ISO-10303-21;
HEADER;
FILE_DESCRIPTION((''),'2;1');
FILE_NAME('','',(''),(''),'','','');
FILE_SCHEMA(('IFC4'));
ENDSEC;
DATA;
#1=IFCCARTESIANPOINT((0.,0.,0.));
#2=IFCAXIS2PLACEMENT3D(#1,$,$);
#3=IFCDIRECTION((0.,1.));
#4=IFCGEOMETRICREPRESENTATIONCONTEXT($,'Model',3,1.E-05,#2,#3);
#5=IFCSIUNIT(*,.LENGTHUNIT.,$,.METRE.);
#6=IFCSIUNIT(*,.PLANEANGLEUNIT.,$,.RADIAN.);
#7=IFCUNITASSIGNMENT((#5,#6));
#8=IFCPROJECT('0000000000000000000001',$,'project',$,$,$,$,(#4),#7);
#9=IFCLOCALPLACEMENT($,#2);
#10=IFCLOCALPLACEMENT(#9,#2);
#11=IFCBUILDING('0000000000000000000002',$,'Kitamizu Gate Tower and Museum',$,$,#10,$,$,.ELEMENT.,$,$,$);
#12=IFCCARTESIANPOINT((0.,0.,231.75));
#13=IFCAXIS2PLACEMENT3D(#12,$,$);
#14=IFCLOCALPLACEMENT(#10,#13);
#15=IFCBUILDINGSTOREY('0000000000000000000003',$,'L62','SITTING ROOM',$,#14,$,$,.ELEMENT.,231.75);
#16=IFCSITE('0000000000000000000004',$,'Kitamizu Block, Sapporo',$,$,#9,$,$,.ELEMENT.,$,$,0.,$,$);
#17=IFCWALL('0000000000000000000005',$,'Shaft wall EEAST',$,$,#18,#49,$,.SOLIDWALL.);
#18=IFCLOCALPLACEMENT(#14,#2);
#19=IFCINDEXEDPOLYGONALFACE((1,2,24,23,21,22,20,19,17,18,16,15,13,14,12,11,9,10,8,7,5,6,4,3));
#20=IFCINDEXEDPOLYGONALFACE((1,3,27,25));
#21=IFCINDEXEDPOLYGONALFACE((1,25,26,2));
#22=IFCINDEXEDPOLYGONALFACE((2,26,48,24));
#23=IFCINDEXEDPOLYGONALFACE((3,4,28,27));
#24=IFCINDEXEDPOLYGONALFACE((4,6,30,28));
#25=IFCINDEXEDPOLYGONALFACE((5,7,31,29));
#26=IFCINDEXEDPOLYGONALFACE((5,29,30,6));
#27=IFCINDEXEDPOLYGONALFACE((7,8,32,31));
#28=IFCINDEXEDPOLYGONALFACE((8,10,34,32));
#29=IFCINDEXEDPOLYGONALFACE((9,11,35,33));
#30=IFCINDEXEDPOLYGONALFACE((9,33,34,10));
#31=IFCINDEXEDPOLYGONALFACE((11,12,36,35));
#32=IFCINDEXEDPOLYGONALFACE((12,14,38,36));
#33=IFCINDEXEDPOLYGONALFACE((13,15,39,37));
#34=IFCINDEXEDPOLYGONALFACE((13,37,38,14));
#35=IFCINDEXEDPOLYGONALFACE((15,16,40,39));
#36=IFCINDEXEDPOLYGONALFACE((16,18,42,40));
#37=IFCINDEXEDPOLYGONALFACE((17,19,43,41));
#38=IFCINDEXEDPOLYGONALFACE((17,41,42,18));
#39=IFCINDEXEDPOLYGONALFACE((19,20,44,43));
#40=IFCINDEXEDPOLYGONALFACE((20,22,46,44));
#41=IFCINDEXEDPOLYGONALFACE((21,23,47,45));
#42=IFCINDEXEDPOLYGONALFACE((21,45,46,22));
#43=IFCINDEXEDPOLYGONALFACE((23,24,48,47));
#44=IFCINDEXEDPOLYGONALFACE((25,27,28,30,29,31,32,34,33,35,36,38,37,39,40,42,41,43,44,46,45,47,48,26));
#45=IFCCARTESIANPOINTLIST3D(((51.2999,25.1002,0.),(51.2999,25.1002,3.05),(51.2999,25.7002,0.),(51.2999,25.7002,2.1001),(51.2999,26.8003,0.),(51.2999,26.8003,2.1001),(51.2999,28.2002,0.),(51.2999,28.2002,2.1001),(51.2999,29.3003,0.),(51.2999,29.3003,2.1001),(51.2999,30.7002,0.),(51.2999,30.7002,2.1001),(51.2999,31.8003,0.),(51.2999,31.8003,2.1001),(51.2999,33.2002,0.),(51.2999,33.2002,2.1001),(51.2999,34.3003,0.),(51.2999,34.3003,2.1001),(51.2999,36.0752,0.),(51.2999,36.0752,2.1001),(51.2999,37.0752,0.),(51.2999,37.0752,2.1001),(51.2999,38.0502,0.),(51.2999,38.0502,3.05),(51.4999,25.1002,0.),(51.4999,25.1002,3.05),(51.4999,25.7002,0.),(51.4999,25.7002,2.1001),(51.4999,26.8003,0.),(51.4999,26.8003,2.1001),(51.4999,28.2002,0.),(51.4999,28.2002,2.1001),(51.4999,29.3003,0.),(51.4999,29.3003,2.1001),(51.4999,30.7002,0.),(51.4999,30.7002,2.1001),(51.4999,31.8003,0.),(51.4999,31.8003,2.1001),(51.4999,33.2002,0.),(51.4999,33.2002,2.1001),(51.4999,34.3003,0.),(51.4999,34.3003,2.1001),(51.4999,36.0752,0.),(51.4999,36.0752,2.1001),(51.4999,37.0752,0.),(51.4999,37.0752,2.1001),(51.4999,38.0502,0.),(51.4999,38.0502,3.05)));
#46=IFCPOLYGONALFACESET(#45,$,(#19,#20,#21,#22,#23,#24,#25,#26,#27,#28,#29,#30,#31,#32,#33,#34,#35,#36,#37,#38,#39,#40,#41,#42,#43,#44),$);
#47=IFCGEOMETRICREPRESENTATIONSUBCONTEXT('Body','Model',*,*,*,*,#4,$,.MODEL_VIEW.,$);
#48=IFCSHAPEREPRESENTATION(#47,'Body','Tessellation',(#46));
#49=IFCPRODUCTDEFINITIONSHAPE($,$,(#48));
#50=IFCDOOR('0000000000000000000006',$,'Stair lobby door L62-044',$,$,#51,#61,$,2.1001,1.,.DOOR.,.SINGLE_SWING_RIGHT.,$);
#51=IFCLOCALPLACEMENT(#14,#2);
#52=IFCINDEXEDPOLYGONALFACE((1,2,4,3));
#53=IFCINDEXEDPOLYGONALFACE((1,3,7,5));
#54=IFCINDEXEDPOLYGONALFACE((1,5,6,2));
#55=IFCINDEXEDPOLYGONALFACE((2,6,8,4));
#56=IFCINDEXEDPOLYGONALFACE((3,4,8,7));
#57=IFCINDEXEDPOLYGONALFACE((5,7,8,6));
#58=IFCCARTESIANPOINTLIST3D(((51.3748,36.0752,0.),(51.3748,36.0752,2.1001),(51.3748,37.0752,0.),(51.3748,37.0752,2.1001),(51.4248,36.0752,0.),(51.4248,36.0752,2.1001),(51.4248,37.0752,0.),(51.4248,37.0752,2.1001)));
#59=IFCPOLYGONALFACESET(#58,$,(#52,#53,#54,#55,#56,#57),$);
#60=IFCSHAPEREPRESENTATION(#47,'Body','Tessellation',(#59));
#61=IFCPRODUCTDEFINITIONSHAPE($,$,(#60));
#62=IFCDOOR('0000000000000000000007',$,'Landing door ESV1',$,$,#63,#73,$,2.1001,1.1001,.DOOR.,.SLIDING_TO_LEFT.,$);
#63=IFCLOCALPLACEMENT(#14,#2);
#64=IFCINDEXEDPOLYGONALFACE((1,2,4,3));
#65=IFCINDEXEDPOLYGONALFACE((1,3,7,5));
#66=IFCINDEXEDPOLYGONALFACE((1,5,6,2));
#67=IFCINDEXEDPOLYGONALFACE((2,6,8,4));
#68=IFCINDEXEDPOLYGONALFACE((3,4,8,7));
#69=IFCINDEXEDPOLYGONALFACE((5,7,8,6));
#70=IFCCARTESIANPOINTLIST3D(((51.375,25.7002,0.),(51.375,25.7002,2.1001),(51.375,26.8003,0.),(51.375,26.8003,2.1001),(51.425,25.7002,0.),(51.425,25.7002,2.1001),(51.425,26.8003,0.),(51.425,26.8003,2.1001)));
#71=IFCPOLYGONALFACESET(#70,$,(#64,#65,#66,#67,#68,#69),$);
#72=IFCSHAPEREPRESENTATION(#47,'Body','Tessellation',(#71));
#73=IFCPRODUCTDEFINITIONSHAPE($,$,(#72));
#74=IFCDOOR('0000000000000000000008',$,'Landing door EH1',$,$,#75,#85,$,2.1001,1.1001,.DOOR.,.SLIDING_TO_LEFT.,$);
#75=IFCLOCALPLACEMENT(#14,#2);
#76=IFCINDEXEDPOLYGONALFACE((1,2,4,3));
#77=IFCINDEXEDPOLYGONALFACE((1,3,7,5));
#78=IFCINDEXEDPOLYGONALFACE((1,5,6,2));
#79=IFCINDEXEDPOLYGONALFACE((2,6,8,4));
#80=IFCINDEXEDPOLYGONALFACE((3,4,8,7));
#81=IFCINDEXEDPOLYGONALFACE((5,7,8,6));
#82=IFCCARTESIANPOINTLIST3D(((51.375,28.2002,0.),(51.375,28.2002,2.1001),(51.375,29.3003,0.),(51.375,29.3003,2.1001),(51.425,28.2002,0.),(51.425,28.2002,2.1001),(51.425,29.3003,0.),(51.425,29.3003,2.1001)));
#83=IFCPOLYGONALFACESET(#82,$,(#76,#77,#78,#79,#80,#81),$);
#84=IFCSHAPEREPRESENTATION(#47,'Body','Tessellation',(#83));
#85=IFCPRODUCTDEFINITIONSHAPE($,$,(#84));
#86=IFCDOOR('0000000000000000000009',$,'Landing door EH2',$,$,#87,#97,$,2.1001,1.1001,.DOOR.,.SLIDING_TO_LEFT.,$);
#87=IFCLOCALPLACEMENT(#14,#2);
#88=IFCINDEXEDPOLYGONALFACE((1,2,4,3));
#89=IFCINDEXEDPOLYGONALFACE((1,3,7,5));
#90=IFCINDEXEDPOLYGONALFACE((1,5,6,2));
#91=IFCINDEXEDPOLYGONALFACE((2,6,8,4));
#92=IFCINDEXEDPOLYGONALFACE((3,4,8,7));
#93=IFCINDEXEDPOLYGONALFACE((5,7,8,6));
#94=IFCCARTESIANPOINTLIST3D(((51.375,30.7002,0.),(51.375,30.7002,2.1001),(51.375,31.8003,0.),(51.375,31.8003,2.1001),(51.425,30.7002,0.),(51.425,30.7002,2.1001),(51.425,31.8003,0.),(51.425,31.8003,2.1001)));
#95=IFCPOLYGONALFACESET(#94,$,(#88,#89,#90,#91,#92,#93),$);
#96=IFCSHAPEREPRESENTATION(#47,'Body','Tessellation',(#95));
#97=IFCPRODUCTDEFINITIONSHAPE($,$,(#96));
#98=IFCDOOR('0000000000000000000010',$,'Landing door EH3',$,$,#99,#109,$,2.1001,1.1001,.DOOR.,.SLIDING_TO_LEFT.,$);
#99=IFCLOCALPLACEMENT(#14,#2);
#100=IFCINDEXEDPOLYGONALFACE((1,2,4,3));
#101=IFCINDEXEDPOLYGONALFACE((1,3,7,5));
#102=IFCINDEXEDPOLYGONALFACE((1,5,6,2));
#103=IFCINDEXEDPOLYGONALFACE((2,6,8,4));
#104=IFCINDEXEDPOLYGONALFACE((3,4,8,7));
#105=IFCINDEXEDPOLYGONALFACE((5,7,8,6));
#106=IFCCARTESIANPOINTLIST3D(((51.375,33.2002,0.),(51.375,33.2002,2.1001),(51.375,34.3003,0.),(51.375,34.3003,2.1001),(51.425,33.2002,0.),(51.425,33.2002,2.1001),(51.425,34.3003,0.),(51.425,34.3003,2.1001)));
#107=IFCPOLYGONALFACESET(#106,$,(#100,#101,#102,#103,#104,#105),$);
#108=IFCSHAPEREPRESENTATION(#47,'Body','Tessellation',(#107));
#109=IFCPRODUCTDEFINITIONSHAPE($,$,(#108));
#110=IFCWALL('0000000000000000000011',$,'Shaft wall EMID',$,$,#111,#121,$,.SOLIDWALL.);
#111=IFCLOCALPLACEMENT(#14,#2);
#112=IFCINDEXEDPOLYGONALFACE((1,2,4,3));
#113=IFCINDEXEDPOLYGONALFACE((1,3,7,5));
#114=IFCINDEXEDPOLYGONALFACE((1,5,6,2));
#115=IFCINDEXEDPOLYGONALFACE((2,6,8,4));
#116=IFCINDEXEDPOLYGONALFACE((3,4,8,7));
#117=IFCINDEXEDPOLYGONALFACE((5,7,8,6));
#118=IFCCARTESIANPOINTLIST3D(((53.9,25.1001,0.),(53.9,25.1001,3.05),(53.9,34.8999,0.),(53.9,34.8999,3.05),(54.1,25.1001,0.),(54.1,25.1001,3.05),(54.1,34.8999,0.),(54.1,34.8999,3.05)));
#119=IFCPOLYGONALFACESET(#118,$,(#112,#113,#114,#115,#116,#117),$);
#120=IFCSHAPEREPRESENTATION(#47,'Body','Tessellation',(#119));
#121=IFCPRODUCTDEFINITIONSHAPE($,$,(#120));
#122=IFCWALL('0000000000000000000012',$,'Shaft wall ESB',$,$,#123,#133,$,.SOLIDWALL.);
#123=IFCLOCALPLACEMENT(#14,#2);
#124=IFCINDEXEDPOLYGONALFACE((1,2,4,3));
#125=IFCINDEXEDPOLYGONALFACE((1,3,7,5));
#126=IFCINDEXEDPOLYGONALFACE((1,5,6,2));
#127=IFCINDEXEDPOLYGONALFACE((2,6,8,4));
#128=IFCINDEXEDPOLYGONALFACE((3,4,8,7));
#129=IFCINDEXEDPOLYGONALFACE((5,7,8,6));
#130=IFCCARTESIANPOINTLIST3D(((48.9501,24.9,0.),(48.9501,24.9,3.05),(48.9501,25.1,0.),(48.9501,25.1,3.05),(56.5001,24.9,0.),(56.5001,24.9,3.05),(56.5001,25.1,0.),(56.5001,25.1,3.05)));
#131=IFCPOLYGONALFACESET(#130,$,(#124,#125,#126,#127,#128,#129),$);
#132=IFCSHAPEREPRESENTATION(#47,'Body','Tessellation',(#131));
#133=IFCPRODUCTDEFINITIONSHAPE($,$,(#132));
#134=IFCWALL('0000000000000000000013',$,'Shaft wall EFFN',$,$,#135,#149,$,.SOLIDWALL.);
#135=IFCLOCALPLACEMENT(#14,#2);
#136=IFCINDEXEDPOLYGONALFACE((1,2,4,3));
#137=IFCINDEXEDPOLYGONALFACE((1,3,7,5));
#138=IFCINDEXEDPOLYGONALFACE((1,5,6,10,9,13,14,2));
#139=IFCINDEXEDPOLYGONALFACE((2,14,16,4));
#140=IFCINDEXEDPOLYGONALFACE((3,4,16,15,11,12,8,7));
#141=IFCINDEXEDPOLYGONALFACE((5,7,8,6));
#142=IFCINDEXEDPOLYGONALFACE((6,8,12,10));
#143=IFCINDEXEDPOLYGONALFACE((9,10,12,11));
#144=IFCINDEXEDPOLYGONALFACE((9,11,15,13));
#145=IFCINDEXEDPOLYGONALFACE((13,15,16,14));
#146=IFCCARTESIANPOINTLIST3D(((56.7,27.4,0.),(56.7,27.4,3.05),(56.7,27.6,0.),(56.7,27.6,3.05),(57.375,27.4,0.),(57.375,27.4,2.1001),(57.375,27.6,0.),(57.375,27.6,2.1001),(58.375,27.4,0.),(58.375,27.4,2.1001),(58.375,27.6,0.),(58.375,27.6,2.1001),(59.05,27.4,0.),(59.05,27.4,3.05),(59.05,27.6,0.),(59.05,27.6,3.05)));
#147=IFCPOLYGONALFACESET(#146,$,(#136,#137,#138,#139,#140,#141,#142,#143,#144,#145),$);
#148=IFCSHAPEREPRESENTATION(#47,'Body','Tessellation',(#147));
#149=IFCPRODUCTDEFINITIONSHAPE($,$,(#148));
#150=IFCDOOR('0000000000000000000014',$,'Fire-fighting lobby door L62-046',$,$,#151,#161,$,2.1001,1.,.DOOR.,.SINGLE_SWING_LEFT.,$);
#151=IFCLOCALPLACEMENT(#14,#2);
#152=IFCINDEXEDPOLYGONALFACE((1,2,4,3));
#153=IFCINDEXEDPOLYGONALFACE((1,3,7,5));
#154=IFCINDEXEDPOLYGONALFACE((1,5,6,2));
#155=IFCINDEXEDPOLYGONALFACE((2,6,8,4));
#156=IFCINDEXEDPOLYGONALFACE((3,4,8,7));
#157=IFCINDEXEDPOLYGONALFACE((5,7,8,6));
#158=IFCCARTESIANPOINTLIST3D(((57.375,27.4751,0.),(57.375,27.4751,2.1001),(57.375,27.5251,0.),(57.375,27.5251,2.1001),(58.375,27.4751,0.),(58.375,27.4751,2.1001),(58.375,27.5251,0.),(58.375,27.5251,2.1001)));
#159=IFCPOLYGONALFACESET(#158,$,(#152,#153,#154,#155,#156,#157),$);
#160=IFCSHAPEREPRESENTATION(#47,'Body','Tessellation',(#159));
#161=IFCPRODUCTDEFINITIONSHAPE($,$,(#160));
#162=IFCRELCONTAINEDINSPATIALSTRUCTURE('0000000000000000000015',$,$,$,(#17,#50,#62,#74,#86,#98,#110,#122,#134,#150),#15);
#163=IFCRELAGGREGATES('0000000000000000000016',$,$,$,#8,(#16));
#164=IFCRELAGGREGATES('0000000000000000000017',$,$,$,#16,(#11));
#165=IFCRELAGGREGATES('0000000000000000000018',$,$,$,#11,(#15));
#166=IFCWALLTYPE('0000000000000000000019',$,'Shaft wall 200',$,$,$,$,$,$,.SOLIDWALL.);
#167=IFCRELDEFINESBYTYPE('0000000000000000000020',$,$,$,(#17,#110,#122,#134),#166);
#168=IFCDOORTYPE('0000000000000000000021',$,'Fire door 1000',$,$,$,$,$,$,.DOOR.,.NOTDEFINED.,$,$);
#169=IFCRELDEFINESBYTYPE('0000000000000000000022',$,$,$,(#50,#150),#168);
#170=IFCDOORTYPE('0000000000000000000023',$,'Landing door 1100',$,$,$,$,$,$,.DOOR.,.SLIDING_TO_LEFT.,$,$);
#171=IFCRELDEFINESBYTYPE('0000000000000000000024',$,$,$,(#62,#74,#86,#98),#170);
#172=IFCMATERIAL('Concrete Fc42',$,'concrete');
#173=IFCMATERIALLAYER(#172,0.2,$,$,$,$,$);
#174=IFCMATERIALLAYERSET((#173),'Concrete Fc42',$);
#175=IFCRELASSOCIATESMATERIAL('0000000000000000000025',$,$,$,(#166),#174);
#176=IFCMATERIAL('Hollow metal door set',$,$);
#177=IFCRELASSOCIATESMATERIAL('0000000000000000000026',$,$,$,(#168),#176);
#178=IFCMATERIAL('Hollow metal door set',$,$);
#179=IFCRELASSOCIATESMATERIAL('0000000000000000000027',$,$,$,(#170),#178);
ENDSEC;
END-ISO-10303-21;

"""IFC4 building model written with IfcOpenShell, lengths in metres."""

from ifc_helpers import new_model, si_unit, direction, frame, frame_2d, origin, place, context, subcontext, project, spatial, rectangle, extrude, material, layer, layer_set, type_object, element, fill, save


model = new_model("IFC4")

# Units and contexts
model_context = context("Model", 3, precision=1e-05, world=origin(), true_north=direction((0.0, 1.0)))
body_context = subcontext(model_context, "Body", "Model", "MODEL_VIEW")
ifc_project = project(units=[si_unit("LENGTHUNIT", "METRE"), si_unit("PLANEANGLEUNIT", "RADIAN")], contexts=[model_context])

# Site, building, storey
site_placement = place(None, origin())
site = spatial("IfcSite", under=ifc_project, at=site_placement, Name="Kitamizu Block, Sapporo", CompositionType="ELEMENT", RefElevation=0.0)
building_placement = place(site_placement, origin())
building = spatial("IfcBuilding", under=site, at=building_placement, Name="Kitamizu Gate Tower and Museum", CompositionType="ELEMENT")
storey_placement = place(building_placement, frame((0.0, 0.0, 231.75)))
storey = spatial("IfcBuildingStorey", under=building, at=storey_placement, Name="L62", Description="SITTING ROOM", CompositionType="ELEMENT", Elevation=231.75)

# Wall, openings, doors
ifc_material_1 = material(Name="Concrete Fc42", Category="concrete")
ifc_layer_1 = layer(ifc_material_1, 0.2)
ifc_layer_set_1 = layer_set([ifc_layer_1], Name="Concrete Fc42")
wall_type_1 = type_object("IfcWallType", Name="Shaft wall 200", PredefinedType="SOLIDWALL", material=ifc_layer_set_1)
ifc_material_2 = material(Name="Hollow metal door set")
door_type_1 = type_object("IfcDoorType", Name="Fire door 1000", OperationType="NOTDEFINED", PredefinedType="DOOR", material=ifc_material_2)
ifc_material_3 = material(Name="Hollow metal door set")
door_type_2 = type_object("IfcDoorType", Name="Landing door 1100", OperationType="SLIDING_TO_LEFT", PredefinedType="DOOR", material=ifc_material_3)
wall_1_placement = place(storey_placement, frame((51.3999, 25.1001, 0.0), z_axis=(0.0, 0.0, 1.0), x_axis=(0.0, 1.0, 0.0)))
wall_1 = element("IfcWall", 1, at=wall_1_placement, inside=storey, type_object=wall_type_1, Name="Shaft wall EEAST", PredefinedType="SOLIDWALL", context=body_context, shape_type="SweptSolid", body=[
    extrude(rectangle(XDim=12.95, YDim=0.2, at=frame_2d((6.4751, 0.0))), origin(), (0.0, 0.0, 1.0), 3.05),
])
opening_1_placement = place(wall_1_placement, frame((0.6001, 0.0, 0.0)))
opening_1 = element("IfcOpeningElement", 2, at=opening_1_placement, cuts=wall_1, PredefinedType="OPENING", context=body_context, shape_type="SweptSolid", body=[
    extrude(rectangle(XDim=1.1001, YDim=2.1001, at=frame_2d((0.55, 1.05))), frame((0.0, 0.1099, 0.0), z_axis=(0.0, -1.0, 0.0), x_axis=(1.0, 0.0, 0.0)), (0.0, 0.0, 1.0), 0.22),
])
opening_2_placement = place(wall_1_placement, frame((3.1001, 0.0, 0.0)))
opening_2 = element("IfcOpeningElement", 3, at=opening_2_placement, cuts=wall_1, PredefinedType="OPENING", context=body_context, shape_type="SweptSolid", body=[
    extrude(rectangle(XDim=1.1001, YDim=2.1001, at=frame_2d((0.55, 1.05))), frame((0.0, 0.1099, 0.0), z_axis=(0.0, -1.0, 0.0), x_axis=(1.0, 0.0, 0.0)), (0.0, 0.0, 1.0), 0.22),
])
opening_3_placement = place(wall_1_placement, frame((5.6001, 0.0, 0.0)))
opening_3 = element("IfcOpeningElement", 4, at=opening_3_placement, cuts=wall_1, PredefinedType="OPENING", context=body_context, shape_type="SweptSolid", body=[
    extrude(rectangle(XDim=1.1001, YDim=2.1001, at=frame_2d((0.55, 1.05))), frame((0.0, 0.1099, 0.0), z_axis=(0.0, -1.0, 0.0), x_axis=(1.0, 0.0, 0.0)), (0.0, 0.0, 1.0), 0.22),
])
opening_4_placement = place(wall_1_placement, frame((8.1001, 0.0, 0.0)))
opening_4 = element("IfcOpeningElement", 5, at=opening_4_placement, cuts=wall_1, PredefinedType="OPENING", context=body_context, shape_type="SweptSolid", body=[
    extrude(rectangle(XDim=1.1001, YDim=2.1001, at=frame_2d((0.55, 1.05))), frame((0.0, 0.1099, 0.0), z_axis=(0.0, -1.0, 0.0), x_axis=(1.0, 0.0, 0.0)), (0.0, 0.0, 1.0), 0.22),
])
opening_5_placement = place(wall_1_placement, frame((10.9751, 0.0, 0.0)))
opening_5 = element("IfcOpeningElement", 6, at=opening_5_placement, cuts=wall_1, PredefinedType="OPENING", context=body_context, shape_type="SweptSolid", body=[
    extrude(rectangle(XDim=1.0, YDim=2.1001, at=frame_2d((0.5, 1.05))), frame((0.0, 0.1099, 0.0), z_axis=(0.0, -1.0, 0.0), x_axis=(1.0, 0.0, 0.0)), (0.0, 0.0, 1.0), 0.22),
])
door_1_placement = place(opening_5_placement, frame((1.0, 0.0, 0.0), x_axis=(-1.0, 0.0, 0.0)))
door_1 = element("IfcDoor", 7, at=door_1_placement, inside=storey, type_object=door_type_1, Name="Stair lobby door L62-044", OperationType="SINGLE_SWING_RIGHT", OverallHeight=2.1001, OverallWidth=1.0, PredefinedType="DOOR", context=body_context, shape_type="SweptSolid", body=[
    extrude(rectangle(XDim=1.0, YDim=2.1001, at=frame_2d((0.5, 1.05))), frame((0.0, 0.0249, 0.0), z_axis=(0.0, -1.0, 0.0), x_axis=(1.0, 0.0, 0.0)), (0.0, 0.0, 1.0), 0.05),
])
fill(opening_5, door_1)
door_2_placement = place(opening_1_placement, origin())
door_2 = element("IfcDoor", 8, at=door_2_placement, inside=storey, type_object=door_type_2, Name="Landing door ESV1", OperationType="SLIDING_TO_LEFT", OverallHeight=2.1001, OverallWidth=1.1001, PredefinedType="DOOR", context=body_context, shape_type="SweptSolid", body=[
    extrude(rectangle(XDim=1.1001, YDim=2.1001, at=frame_2d((0.55, 1.05))), frame((0.0, 0.0249, 0.0), z_axis=(0.0, -1.0, 0.0), x_axis=(1.0, 0.0, 0.0)), (0.0, 0.0, 1.0), 0.05),
])
fill(opening_1, door_2)
door_3_placement = place(opening_2_placement, origin())
door_3 = element("IfcDoor", 9, at=door_3_placement, inside=storey, type_object=door_type_2, Name="Landing door EH1", OperationType="SLIDING_TO_LEFT", OverallHeight=2.1001, OverallWidth=1.1001, PredefinedType="DOOR", context=body_context, shape_type="SweptSolid", body=[
    extrude(rectangle(XDim=1.1001, YDim=2.1001, at=frame_2d((0.55, 1.05))), frame((0.0, 0.0249, 0.0), z_axis=(0.0, -1.0, 0.0), x_axis=(1.0, 0.0, 0.0)), (0.0, 0.0, 1.0), 0.05),
])
fill(opening_2, door_3)
door_4_placement = place(opening_3_placement, origin())
door_4 = element("IfcDoor", 10, at=door_4_placement, inside=storey, type_object=door_type_2, Name="Landing door EH2", OperationType="SLIDING_TO_LEFT", OverallHeight=2.1001, OverallWidth=1.1001, PredefinedType="DOOR", context=body_context, shape_type="SweptSolid", body=[
    extrude(rectangle(XDim=1.1001, YDim=2.1001, at=frame_2d((0.55, 1.05))), frame((0.0, 0.0249, 0.0), z_axis=(0.0, -1.0, 0.0), x_axis=(1.0, 0.0, 0.0)), (0.0, 0.0, 1.0), 0.05),
])
fill(opening_3, door_4)
door_5_placement = place(opening_4_placement, origin())
door_5 = element("IfcDoor", 11, at=door_5_placement, inside=storey, type_object=door_type_2, Name="Landing door EH3", OperationType="SLIDING_TO_LEFT", OverallHeight=2.1001, OverallWidth=1.1001, PredefinedType="DOOR", context=body_context, shape_type="SweptSolid", body=[
    extrude(rectangle(XDim=1.1001, YDim=2.1001, at=frame_2d((0.55, 1.05))), frame((0.0, 0.0249, 0.0), z_axis=(0.0, -1.0, 0.0), x_axis=(1.0, 0.0, 0.0)), (0.0, 0.0, 1.0), 0.05),
])
fill(opening_4, door_5)

# Walls
wall_2_placement = place(storey_placement, frame((54.0, 25.1001, 0.0), z_axis=(0.0, 0.0, 1.0), x_axis=(0.0, 1.0, 0.0)))
element("IfcWall", 12, at=wall_2_placement, inside=storey, type_object=wall_type_1, Name="Shaft wall EMID", PredefinedType="SOLIDWALL", context=body_context, shape_type="SweptSolid", body=[
    extrude(rectangle(XDim=9.7998, YDim=0.2, at=frame_2d((4.8999, 0.0))), origin(), (0.0, 0.0, 1.0), 3.05),
])
wall_3_placement = place(storey_placement, frame((56.5, 25.0, 0.0), z_axis=(0.0, 0.0, 1.0), x_axis=(-1.0, 0.0, 0.0)))
element("IfcWall", 13, at=wall_3_placement, inside=storey, type_object=wall_type_1, Name="Shaft wall ESB", PredefinedType="SOLIDWALL", context=body_context, shape_type="SweptSolid", body=[
    extrude(rectangle(XDim=7.55, YDim=0.2, at=frame_2d((3.7749, 0.0))), origin(), (0.0, 0.0, 1.0), 3.05),
])

# Wall, opening, door
wall_4_placement = place(storey_placement, frame((59.05, 27.5, 0.0), z_axis=(0.0, 0.0, 1.0), x_axis=(-1.0, 0.0, 0.0)))
wall_4 = element("IfcWall", 14, at=wall_4_placement, inside=storey, type_object=wall_type_1, Name="Shaft wall EFFN", PredefinedType="SOLIDWALL", context=body_context, shape_type="SweptSolid", body=[
    extrude(rectangle(XDim=2.3501, YDim=0.2, at=frame_2d((1.175, 0.0))), origin(), (0.0, 0.0, 1.0), 3.05),
])
opening_6_placement = place(wall_4_placement, frame((0.675, 0.0, 0.0)))
opening_6 = element("IfcOpeningElement", 15, at=opening_6_placement, cuts=wall_4, PredefinedType="OPENING", context=body_context, shape_type="SweptSolid", body=[
    extrude(rectangle(XDim=1.0, YDim=2.1001, at=frame_2d((0.5, 1.05))), frame((0.0, 0.1099, 0.0), z_axis=(0.0, -1.0, 0.0), x_axis=(1.0, 0.0, 0.0)), (0.0, 0.0, 1.0), 0.22),
])
door_6_placement = place(opening_6_placement, origin())
door_6 = element("IfcDoor", 16, at=door_6_placement, inside=storey, type_object=door_type_1, Name="Fire-fighting lobby door L62-046", OperationType="SINGLE_SWING_LEFT", OverallHeight=2.1001, OverallWidth=1.0, PredefinedType="DOOR", context=body_context, shape_type="SweptSolid", body=[
    extrude(rectangle(XDim=1.0, YDim=2.1001, at=frame_2d((0.5, 1.05))), frame((0.0, 0.0249, 0.0), z_axis=(0.0, -1.0, 0.0), x_axis=(1.0, 0.0, 0.0)), (0.0, 0.0, 1.0), 0.05),
])
fill(opening_6, door_6)

save(model, "model.ifc")
